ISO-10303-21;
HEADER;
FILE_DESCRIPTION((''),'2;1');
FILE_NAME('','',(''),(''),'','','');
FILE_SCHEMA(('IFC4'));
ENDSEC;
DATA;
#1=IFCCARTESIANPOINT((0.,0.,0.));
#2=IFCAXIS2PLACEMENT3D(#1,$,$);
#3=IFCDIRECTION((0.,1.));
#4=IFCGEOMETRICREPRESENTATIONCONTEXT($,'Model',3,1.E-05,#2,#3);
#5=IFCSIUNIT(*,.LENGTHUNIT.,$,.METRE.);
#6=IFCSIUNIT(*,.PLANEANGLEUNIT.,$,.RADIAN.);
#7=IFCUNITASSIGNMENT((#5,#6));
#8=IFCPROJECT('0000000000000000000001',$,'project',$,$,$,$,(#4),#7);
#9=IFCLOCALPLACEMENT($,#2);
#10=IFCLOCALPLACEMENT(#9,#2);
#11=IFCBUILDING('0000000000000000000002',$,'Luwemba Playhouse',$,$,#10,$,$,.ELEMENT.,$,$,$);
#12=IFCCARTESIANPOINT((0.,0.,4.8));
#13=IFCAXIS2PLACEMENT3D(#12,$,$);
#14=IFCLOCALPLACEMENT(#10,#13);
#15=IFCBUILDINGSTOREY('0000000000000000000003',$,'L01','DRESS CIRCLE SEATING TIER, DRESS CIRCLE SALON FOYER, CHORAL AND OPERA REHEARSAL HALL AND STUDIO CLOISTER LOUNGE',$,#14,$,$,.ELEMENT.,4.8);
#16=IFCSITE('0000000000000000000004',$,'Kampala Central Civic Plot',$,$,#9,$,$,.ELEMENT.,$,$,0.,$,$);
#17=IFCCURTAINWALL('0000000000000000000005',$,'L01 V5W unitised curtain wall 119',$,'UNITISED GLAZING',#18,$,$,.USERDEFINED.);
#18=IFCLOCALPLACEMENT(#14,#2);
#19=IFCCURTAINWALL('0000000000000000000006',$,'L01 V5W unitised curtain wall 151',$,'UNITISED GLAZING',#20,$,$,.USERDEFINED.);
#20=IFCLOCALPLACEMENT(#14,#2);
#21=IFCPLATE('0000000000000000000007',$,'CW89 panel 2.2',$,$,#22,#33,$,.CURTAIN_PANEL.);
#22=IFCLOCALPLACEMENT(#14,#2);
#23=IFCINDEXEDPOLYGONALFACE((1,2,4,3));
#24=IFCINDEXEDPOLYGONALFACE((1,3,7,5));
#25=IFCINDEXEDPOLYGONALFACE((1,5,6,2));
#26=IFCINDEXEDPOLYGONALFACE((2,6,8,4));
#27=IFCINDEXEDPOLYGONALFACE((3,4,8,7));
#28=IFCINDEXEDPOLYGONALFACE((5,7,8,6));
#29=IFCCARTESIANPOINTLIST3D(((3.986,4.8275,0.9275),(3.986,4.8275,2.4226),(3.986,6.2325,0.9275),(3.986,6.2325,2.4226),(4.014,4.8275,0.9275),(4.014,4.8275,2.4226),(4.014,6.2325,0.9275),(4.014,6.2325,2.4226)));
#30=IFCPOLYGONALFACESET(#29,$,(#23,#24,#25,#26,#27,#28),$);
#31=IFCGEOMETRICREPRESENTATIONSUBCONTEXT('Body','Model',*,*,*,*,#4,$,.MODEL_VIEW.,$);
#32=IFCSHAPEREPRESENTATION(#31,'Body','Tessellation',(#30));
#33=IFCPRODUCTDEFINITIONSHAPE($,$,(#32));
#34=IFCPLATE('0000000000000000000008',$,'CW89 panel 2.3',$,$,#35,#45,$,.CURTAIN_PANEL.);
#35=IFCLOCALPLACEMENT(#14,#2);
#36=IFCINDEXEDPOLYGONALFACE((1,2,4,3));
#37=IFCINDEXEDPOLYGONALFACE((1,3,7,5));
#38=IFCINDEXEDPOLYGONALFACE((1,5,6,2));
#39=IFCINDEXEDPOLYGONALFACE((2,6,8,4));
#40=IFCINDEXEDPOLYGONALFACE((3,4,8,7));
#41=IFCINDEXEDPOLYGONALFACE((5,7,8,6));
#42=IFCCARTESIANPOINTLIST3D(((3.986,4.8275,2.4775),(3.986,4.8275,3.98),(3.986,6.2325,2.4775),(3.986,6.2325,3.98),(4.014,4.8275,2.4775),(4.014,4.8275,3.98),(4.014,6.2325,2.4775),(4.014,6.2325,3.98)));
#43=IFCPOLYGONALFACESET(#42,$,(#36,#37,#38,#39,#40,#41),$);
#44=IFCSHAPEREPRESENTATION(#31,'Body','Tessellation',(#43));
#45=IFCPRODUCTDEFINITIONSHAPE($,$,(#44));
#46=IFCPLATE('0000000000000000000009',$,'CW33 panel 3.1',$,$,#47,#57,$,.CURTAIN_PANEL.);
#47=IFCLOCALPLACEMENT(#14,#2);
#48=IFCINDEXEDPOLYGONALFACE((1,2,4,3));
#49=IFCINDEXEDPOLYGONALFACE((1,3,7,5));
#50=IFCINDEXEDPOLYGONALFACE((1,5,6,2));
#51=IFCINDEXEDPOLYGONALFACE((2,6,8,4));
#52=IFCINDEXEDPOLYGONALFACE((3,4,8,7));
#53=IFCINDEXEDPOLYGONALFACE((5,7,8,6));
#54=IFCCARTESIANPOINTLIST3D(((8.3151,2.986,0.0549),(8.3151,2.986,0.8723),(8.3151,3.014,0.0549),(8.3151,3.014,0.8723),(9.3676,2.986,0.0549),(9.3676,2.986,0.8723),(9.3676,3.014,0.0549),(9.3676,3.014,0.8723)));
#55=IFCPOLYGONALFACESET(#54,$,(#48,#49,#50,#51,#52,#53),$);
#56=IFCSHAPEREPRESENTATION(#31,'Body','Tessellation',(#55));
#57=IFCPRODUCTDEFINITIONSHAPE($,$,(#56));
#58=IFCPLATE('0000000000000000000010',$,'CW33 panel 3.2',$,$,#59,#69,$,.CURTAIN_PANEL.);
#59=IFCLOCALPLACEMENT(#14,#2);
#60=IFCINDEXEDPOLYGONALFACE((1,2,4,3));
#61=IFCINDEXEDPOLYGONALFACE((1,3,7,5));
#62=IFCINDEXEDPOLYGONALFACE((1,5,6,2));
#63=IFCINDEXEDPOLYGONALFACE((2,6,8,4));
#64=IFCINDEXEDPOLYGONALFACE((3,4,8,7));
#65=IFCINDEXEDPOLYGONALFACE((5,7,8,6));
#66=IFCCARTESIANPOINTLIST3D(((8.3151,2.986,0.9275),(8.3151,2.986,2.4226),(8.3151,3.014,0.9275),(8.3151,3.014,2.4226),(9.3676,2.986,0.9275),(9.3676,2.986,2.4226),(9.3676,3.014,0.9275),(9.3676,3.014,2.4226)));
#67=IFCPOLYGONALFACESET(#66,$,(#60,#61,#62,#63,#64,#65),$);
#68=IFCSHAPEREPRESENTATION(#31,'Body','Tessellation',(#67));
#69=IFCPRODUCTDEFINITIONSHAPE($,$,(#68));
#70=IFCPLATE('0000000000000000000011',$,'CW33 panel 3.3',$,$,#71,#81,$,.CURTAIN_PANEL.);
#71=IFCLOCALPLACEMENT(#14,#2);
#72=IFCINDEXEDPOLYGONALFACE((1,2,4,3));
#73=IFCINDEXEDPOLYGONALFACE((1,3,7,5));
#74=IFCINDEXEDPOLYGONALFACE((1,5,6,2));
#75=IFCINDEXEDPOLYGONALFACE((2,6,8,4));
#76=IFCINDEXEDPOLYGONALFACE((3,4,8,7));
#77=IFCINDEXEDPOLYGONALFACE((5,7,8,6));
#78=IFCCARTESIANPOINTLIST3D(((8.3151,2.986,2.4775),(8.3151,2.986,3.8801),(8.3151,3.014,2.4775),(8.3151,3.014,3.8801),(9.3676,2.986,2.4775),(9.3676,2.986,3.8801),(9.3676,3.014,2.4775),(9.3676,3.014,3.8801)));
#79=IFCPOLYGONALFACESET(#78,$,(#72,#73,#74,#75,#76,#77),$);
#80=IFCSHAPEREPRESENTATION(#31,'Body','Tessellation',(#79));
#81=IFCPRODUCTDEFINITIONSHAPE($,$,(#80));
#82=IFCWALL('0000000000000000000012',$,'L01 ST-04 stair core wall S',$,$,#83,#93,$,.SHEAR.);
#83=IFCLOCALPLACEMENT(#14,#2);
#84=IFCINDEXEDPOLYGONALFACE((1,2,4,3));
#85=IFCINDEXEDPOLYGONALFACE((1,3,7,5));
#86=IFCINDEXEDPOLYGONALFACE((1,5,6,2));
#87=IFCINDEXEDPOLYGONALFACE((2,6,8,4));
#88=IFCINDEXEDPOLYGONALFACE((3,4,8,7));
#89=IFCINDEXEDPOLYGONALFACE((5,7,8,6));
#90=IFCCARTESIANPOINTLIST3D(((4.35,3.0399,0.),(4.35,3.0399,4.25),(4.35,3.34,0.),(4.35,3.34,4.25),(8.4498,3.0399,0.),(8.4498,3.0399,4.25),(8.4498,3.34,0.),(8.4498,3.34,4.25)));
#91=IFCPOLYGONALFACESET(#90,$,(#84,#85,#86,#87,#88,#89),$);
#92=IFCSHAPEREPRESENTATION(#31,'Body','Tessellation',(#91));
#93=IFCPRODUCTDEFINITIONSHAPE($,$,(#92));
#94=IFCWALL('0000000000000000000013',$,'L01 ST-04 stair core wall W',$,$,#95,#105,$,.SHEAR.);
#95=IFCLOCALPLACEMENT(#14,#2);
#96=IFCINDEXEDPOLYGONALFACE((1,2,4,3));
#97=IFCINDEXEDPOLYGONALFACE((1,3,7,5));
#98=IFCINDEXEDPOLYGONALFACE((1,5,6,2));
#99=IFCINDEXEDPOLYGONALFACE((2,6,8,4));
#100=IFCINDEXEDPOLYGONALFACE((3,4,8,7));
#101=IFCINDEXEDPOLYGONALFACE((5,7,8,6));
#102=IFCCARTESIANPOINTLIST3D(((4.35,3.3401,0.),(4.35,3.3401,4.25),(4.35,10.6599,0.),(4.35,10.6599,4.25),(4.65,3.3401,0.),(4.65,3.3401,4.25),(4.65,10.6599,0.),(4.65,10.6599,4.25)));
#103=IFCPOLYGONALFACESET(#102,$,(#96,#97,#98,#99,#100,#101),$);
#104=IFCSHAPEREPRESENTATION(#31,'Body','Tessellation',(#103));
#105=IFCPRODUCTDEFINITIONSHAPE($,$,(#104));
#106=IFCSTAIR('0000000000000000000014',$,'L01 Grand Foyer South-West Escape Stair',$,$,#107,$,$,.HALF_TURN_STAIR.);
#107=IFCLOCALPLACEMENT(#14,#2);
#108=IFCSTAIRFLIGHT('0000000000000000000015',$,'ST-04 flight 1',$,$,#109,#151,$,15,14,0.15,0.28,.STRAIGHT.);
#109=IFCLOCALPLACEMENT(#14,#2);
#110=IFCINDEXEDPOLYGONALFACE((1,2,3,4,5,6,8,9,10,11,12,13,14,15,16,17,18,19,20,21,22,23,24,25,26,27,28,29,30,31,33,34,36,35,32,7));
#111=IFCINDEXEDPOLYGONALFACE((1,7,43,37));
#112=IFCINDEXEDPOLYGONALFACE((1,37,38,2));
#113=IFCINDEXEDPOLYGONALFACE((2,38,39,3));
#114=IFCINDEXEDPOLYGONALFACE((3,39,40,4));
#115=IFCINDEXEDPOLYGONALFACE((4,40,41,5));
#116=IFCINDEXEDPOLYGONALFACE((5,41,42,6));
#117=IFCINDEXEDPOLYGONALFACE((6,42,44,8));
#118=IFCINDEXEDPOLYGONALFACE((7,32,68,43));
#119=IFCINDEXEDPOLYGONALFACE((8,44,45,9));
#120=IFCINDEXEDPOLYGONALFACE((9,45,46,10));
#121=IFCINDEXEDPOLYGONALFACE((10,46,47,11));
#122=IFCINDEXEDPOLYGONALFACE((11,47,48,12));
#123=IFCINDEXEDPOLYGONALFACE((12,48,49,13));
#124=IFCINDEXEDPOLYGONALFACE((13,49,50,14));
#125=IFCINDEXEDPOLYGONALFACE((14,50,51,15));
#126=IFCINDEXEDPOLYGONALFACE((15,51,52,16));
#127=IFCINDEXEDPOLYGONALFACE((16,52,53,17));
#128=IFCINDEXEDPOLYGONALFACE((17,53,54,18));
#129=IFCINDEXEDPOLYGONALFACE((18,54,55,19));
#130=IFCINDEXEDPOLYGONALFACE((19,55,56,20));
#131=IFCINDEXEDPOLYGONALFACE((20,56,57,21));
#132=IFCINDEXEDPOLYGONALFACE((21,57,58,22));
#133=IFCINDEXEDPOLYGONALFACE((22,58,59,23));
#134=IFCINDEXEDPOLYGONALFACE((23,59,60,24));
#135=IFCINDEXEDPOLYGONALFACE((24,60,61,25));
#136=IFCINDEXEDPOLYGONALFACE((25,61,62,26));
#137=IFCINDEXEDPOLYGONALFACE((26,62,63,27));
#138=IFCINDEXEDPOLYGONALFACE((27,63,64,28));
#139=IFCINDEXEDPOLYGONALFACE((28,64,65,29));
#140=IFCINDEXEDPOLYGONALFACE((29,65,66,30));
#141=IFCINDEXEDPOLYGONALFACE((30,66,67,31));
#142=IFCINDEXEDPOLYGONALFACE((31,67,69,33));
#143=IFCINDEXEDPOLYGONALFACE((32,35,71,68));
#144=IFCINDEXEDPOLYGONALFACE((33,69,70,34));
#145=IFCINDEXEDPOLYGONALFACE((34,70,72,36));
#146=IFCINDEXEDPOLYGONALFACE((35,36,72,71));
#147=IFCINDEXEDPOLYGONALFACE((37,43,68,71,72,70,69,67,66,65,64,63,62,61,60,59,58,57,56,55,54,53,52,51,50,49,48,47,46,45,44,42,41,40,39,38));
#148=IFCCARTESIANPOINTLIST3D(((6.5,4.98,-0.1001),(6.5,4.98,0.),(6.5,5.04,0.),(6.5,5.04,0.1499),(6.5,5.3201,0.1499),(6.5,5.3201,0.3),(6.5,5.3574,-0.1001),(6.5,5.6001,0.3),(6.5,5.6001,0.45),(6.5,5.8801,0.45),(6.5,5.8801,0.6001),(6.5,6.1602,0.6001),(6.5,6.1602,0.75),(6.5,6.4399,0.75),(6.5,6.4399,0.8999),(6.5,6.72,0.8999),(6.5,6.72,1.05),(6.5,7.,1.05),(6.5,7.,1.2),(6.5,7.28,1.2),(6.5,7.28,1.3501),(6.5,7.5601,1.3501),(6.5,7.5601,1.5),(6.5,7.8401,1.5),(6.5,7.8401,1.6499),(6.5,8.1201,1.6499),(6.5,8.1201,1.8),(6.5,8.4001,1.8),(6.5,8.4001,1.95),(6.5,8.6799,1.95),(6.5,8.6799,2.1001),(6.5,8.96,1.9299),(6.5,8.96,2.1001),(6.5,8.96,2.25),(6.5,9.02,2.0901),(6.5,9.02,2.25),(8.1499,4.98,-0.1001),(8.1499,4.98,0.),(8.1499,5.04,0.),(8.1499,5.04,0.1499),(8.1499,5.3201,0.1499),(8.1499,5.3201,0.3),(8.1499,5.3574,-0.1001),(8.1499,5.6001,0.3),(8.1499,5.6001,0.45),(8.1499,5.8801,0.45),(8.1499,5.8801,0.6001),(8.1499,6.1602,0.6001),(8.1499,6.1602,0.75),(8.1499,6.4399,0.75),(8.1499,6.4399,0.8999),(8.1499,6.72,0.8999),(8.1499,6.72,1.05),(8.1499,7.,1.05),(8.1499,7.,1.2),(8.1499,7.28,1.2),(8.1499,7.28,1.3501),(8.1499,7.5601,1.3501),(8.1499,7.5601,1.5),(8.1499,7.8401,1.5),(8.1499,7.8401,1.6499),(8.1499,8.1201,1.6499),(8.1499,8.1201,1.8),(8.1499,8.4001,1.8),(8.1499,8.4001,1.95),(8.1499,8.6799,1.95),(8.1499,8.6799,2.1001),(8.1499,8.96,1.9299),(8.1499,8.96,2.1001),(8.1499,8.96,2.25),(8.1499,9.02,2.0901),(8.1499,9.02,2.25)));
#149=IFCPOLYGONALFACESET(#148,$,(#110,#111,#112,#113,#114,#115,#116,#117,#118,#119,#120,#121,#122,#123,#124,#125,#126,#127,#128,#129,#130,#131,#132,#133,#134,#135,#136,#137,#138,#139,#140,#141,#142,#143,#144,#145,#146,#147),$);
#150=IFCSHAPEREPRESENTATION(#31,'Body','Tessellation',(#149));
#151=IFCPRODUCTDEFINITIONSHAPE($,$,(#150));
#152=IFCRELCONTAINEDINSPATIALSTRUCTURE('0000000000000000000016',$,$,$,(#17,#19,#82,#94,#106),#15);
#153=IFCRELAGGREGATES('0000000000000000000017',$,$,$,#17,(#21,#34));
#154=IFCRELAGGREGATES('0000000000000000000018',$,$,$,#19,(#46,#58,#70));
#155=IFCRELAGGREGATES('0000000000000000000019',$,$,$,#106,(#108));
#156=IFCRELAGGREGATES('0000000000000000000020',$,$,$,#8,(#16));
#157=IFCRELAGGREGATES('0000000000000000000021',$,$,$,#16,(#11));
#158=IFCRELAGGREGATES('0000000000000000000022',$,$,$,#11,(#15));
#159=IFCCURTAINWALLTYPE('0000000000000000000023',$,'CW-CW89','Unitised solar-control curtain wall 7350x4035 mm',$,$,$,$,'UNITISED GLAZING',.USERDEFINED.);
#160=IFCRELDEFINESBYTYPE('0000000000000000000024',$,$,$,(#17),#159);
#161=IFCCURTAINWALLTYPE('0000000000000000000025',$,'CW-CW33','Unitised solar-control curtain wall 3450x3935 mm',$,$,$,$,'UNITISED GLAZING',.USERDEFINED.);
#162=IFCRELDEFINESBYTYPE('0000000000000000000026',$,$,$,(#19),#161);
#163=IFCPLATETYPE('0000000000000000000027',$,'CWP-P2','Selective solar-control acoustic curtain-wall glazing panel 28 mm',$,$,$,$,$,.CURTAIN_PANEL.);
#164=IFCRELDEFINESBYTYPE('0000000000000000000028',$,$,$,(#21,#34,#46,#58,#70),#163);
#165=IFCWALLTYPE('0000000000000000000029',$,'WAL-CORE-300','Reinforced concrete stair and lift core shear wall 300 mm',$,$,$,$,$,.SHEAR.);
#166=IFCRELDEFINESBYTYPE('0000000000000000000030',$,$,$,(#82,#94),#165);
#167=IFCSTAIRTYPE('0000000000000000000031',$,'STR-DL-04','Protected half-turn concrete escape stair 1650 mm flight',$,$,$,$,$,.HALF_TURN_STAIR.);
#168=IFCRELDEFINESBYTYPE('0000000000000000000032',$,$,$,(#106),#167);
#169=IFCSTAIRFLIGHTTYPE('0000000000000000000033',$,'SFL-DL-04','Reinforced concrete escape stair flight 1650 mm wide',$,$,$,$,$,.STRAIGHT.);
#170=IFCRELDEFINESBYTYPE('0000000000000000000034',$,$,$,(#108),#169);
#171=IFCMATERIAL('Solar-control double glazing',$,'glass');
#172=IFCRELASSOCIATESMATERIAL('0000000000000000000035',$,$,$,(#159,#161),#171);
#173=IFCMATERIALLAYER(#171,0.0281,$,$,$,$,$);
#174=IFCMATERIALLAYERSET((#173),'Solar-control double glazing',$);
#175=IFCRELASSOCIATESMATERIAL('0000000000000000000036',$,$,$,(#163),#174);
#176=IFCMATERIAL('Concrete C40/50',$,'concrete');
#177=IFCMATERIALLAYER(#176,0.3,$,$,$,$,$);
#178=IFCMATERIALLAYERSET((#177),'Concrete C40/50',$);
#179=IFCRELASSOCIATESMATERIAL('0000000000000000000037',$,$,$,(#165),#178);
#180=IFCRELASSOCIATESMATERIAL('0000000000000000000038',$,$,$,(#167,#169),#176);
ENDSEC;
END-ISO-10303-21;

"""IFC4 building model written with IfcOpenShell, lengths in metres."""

from ifc_helpers import new_model, si_unit, direction, frame, frame_2d, origin, origin_2d, place, context, subcontext, project, spatial, polyline, rectangle, outline, extrude, material, layer, layer_set, type_object, element, aggregate, save


model = new_model("IFC4")

# Units and contexts
model_context = context("Model", 3, precision=1e-05, world=origin(), true_north=direction((0.0, 1.0)))
body_context = subcontext(model_context, "Body", "Model", "MODEL_VIEW")
ifc_project = project(units=[si_unit("LENGTHUNIT", "METRE"), si_unit("PLANEANGLEUNIT", "RADIAN")], contexts=[model_context])

# Site, building, storey
site_placement = place(None, origin())
site = spatial("IfcSite", under=ifc_project, at=site_placement, Name="Kampala Central Civic Plot", CompositionType="ELEMENT", RefElevation=0.0)
building_placement = place(site_placement, origin())
building = spatial("IfcBuilding", under=site, at=building_placement, Name="Luwemba Playhouse", CompositionType="ELEMENT")
storey_placement = place(building_placement, frame((0.0, 0.0, 4.8)))
storey = spatial("IfcBuildingStorey", under=building, at=storey_placement, Name="L01", Description="DRESS CIRCLE SEATING TIER, DRESS CIRCLE SALON FOYER, CHORAL AND OPERA REHEARSAL HALL AND STUDIO CLOISTER LOUNGE", CompositionType="ELEMENT", Elevation=4.8)

# Shared definitions
ifc_material_1 = material(Name="Concrete C40/50", Category="concrete")

# Curtain wall
ifc_material_2 = material(Name="Solar-control double glazing", Category="glass")
curtain_wall_type_1 = type_object("IfcCurtainWallType", Name="CW-CW89", Description="Unitised solar-control curtain wall 7350x4035 mm", ElementType="UNITISED GLAZING", PredefinedType="USERDEFINED", material=ifc_material_2)
curtain_wall_1_placement = place(storey_placement, origin())
curtain_wall_1 = element("IfcCurtainWall", 1, at=curtain_wall_1_placement, inside=storey, type_object=curtain_wall_type_1, Name="L01 V5W unitised curtain wall 119", ObjectType="UNITISED GLAZING", PredefinedType="USERDEFINED")

# Curtain wall
curtain_wall_type_2 = type_object("IfcCurtainWallType", Name="CW-CW33", Description="Unitised solar-control curtain wall 3450x3935 mm", ElementType="UNITISED GLAZING", PredefinedType="USERDEFINED", material=ifc_material_2)
curtain_wall_2_placement = place(storey_placement, origin())
curtain_wall_2 = element("IfcCurtainWall", 2, at=curtain_wall_2_placement, inside=storey, type_object=curtain_wall_type_2, Name="L01 V5W unitised curtain wall 151", ObjectType="UNITISED GLAZING", PredefinedType="USERDEFINED")

# Plates
ifc_layer_1 = layer(ifc_material_2, 0.0281)
ifc_layer_set_1 = layer_set([ifc_layer_1], Name="Solar-control double glazing")
plate_type = type_object("IfcPlateType", Name="CWP-P2", Description="Selective solar-control acoustic curtain-wall glazing panel 28 mm", PredefinedType="CURTAIN_PANEL", material=ifc_layer_set_1)
plate_1_placement = place(storey_placement, frame((4.0, 5.53, 0.9275), z_axis=(0.0, 0.0, 1.0), x_axis=(0.0, 1.0, 0.0)))
plate_1 = element("IfcPlate", 3, at=plate_1_placement, type_object=plate_type, Name="CW89 panel 2.2", PredefinedType="CURTAIN_PANEL", context=body_context, shape_type="SweptSolid", body=[
    extrude(rectangle(XDim=1.405, YDim=0.0281, at=origin_2d()), origin(), (0.0, 0.0, 1.0), 1.4951),
])
plate_2_placement = place(storey_placement, frame((4.0, 5.53, 2.4775), z_axis=(0.0, 0.0, 1.0), x_axis=(0.0, 1.0, 0.0)))
plate_2 = element("IfcPlate", 4, at=plate_2_placement, type_object=plate_type, Name="CW89 panel 2.3", PredefinedType="CURTAIN_PANEL", context=body_context, shape_type="SweptSolid", body=[
    extrude(rectangle(XDim=1.405, YDim=0.0281, at=origin_2d()), origin(), (0.0, 0.0, 1.0), 1.5024),
])
aggregate(curtain_wall_1, [plate_1, plate_2])
plate_3_placement = place(storey_placement, frame((8.8413, 3.0, 0.0549), z_axis=(0.0, 0.0, 1.0), x_axis=(-1.0, 0.0, 0.0)))
plate_3 = element("IfcPlate", 5, at=plate_3_placement, type_object=plate_type, Name="CW33 panel 3.1", PredefinedType="CURTAIN_PANEL", context=body_context, shape_type="SweptSolid", body=[
    extrude(rectangle(XDim=1.0525, YDim=0.0281, at=origin_2d()), origin(), (0.0, 0.0, 1.0), 0.8174),
])
plate_4_placement = place(storey_placement, frame((8.8413, 3.0, 0.9275), z_axis=(0.0, 0.0, 1.0), x_axis=(-1.0, 0.0, 0.0)))
plate_4 = element("IfcPlate", 6, at=plate_4_placement, type_object=plate_type, Name="CW33 panel 3.2", PredefinedType="CURTAIN_PANEL", context=body_context, shape_type="SweptSolid", body=[
    extrude(rectangle(XDim=1.0525, YDim=0.0281, at=origin_2d()), origin(), (0.0, 0.0, 1.0), 1.4951),
])
plate_5_placement = place(storey_placement, frame((8.8413, 3.0, 2.4775), z_axis=(0.0, 0.0, 1.0), x_axis=(-1.0, 0.0, 0.0)))
plate_5 = element("IfcPlate", 7, at=plate_5_placement, type_object=plate_type, Name="CW33 panel 3.3", PredefinedType="CURTAIN_PANEL", context=body_context, shape_type="SweptSolid", body=[
    extrude(rectangle(XDim=1.0525, YDim=0.0281, at=origin_2d()), origin(), (0.0, 0.0, 1.0), 1.4026),
])
aggregate(curtain_wall_2, [plate_3, plate_4, plate_5])

# Walls
ifc_layer_2 = layer(ifc_material_1, 0.3)
ifc_layer_set_2 = layer_set([ifc_layer_2], Name="Concrete C40/50")
wall_type = type_object("IfcWallType", Name="WAL-CORE-300", Description="Reinforced concrete stair and lift core shear wall 300 mm", PredefinedType="SHEAR", material=ifc_layer_set_2)
wall_1_placement = place(storey_placement, frame((4.3501, 3.1899, 0.0), z_axis=(0.0, 0.0, 1.0), x_axis=(1.0, 0.0, 0.0)))
element("IfcWall", 8, at=wall_1_placement, inside=storey, type_object=wall_type, Name="L01 ST-04 stair core wall S", PredefinedType="SHEAR", context=body_context, shape_type="SweptSolid", body=[
    extrude(rectangle(XDim=4.0999, YDim=0.3, at=frame_2d((2.0498, 0.0))), origin(), (0.0, 0.0, 1.0), 4.25),
])
wall_2_placement = place(storey_placement, frame((4.5, 3.3401, 0.0), z_axis=(0.0, 0.0, 1.0), x_axis=(0.0, 1.0, 0.0)))
element("IfcWall", 9, at=wall_2_placement, inside=storey, type_object=wall_type, Name="L01 ST-04 stair core wall W", PredefinedType="SHEAR", context=body_context, shape_type="SweptSolid", body=[
    extrude(rectangle(XDim=7.3198, YDim=0.3, at=frame_2d((3.6599, 0.0))), origin(), (0.0, 0.0, 1.0), 4.25),
])

# Stair, stair flight
stair_type = type_object("IfcStairType", Name="STR-DL-04", Description="Protected half-turn concrete escape stair 1650 mm flight", PredefinedType="HALF_TURN_STAIR", material=ifc_material_1)
stair_placement = place(storey_placement, origin())
stair = element("IfcStair", 10, at=stair_placement, inside=storey, type_object=stair_type, Name="L01 Grand Foyer South-West Escape Stair", PredefinedType="HALF_TURN_STAIR")
stair_flight_type = type_object("IfcStairFlightType", Name="SFL-DL-04", Description="Reinforced concrete escape stair flight 1650 mm wide", PredefinedType="STRAIGHT", material=ifc_material_1)
stair_flight_placement = place(storey_placement, frame((7.325, 5.04, 0.0), z_axis=(0.0, 0.0, 1.0), x_axis=(0.0, 1.0, 0.0)))
stair_flight = element("IfcStairFlight", 11, at=stair_flight_placement, type_object=stair_flight_type, Name="ST-04 flight 1", NumberOfRisers=15, NumberOfTreads=14, PredefinedType="STRAIGHT", RiserHeight=0.15, TreadLength=0.28, context=body_context, shape_type="SweptSolid", body=[
    extrude(outline(polyline([(-0.0601, -0.1001), (-0.0601, 0.0), (0.0, 0.0), (0.0, 0.1499), (0.28, 0.1499), (0.28, 0.3), (0.5601, 0.3), (0.5601, 0.45), (0.8401, 0.45), (0.8401, 0.6001), (1.1201, 0.6001), (1.1201, 0.75), (1.3999, 0.75), (1.3999, 0.8999), (1.6799, 0.8999), (1.6799, 1.05), (1.96, 1.05), (1.96, 1.2), (2.24, 1.2), (2.24, 1.3501), (2.52, 1.3501), (2.52, 1.5), (2.8, 1.5), (2.8, 1.6499), (3.0801, 1.6499), (3.0801, 1.8), (3.3601, 1.8), (3.3601, 1.95), (3.6399, 1.95), (3.6399, 2.1001), (3.9199, 2.1001), (3.9199, 2.25), (3.98, 2.25), (3.98, 2.0901), (3.9199, 1.9299), (0.3174, -0.1001), (-0.0601, -0.1001)])), frame((0.0, 0.825, 0.0), z_axis=(0.0, -1.0, 0.0), x_axis=(1.0, 0.0, 0.0)), (0.0, 0.0, 1.0), 1.6499),
])
aggregate(stair, [stair_flight])

save(model, "model.ifc")
